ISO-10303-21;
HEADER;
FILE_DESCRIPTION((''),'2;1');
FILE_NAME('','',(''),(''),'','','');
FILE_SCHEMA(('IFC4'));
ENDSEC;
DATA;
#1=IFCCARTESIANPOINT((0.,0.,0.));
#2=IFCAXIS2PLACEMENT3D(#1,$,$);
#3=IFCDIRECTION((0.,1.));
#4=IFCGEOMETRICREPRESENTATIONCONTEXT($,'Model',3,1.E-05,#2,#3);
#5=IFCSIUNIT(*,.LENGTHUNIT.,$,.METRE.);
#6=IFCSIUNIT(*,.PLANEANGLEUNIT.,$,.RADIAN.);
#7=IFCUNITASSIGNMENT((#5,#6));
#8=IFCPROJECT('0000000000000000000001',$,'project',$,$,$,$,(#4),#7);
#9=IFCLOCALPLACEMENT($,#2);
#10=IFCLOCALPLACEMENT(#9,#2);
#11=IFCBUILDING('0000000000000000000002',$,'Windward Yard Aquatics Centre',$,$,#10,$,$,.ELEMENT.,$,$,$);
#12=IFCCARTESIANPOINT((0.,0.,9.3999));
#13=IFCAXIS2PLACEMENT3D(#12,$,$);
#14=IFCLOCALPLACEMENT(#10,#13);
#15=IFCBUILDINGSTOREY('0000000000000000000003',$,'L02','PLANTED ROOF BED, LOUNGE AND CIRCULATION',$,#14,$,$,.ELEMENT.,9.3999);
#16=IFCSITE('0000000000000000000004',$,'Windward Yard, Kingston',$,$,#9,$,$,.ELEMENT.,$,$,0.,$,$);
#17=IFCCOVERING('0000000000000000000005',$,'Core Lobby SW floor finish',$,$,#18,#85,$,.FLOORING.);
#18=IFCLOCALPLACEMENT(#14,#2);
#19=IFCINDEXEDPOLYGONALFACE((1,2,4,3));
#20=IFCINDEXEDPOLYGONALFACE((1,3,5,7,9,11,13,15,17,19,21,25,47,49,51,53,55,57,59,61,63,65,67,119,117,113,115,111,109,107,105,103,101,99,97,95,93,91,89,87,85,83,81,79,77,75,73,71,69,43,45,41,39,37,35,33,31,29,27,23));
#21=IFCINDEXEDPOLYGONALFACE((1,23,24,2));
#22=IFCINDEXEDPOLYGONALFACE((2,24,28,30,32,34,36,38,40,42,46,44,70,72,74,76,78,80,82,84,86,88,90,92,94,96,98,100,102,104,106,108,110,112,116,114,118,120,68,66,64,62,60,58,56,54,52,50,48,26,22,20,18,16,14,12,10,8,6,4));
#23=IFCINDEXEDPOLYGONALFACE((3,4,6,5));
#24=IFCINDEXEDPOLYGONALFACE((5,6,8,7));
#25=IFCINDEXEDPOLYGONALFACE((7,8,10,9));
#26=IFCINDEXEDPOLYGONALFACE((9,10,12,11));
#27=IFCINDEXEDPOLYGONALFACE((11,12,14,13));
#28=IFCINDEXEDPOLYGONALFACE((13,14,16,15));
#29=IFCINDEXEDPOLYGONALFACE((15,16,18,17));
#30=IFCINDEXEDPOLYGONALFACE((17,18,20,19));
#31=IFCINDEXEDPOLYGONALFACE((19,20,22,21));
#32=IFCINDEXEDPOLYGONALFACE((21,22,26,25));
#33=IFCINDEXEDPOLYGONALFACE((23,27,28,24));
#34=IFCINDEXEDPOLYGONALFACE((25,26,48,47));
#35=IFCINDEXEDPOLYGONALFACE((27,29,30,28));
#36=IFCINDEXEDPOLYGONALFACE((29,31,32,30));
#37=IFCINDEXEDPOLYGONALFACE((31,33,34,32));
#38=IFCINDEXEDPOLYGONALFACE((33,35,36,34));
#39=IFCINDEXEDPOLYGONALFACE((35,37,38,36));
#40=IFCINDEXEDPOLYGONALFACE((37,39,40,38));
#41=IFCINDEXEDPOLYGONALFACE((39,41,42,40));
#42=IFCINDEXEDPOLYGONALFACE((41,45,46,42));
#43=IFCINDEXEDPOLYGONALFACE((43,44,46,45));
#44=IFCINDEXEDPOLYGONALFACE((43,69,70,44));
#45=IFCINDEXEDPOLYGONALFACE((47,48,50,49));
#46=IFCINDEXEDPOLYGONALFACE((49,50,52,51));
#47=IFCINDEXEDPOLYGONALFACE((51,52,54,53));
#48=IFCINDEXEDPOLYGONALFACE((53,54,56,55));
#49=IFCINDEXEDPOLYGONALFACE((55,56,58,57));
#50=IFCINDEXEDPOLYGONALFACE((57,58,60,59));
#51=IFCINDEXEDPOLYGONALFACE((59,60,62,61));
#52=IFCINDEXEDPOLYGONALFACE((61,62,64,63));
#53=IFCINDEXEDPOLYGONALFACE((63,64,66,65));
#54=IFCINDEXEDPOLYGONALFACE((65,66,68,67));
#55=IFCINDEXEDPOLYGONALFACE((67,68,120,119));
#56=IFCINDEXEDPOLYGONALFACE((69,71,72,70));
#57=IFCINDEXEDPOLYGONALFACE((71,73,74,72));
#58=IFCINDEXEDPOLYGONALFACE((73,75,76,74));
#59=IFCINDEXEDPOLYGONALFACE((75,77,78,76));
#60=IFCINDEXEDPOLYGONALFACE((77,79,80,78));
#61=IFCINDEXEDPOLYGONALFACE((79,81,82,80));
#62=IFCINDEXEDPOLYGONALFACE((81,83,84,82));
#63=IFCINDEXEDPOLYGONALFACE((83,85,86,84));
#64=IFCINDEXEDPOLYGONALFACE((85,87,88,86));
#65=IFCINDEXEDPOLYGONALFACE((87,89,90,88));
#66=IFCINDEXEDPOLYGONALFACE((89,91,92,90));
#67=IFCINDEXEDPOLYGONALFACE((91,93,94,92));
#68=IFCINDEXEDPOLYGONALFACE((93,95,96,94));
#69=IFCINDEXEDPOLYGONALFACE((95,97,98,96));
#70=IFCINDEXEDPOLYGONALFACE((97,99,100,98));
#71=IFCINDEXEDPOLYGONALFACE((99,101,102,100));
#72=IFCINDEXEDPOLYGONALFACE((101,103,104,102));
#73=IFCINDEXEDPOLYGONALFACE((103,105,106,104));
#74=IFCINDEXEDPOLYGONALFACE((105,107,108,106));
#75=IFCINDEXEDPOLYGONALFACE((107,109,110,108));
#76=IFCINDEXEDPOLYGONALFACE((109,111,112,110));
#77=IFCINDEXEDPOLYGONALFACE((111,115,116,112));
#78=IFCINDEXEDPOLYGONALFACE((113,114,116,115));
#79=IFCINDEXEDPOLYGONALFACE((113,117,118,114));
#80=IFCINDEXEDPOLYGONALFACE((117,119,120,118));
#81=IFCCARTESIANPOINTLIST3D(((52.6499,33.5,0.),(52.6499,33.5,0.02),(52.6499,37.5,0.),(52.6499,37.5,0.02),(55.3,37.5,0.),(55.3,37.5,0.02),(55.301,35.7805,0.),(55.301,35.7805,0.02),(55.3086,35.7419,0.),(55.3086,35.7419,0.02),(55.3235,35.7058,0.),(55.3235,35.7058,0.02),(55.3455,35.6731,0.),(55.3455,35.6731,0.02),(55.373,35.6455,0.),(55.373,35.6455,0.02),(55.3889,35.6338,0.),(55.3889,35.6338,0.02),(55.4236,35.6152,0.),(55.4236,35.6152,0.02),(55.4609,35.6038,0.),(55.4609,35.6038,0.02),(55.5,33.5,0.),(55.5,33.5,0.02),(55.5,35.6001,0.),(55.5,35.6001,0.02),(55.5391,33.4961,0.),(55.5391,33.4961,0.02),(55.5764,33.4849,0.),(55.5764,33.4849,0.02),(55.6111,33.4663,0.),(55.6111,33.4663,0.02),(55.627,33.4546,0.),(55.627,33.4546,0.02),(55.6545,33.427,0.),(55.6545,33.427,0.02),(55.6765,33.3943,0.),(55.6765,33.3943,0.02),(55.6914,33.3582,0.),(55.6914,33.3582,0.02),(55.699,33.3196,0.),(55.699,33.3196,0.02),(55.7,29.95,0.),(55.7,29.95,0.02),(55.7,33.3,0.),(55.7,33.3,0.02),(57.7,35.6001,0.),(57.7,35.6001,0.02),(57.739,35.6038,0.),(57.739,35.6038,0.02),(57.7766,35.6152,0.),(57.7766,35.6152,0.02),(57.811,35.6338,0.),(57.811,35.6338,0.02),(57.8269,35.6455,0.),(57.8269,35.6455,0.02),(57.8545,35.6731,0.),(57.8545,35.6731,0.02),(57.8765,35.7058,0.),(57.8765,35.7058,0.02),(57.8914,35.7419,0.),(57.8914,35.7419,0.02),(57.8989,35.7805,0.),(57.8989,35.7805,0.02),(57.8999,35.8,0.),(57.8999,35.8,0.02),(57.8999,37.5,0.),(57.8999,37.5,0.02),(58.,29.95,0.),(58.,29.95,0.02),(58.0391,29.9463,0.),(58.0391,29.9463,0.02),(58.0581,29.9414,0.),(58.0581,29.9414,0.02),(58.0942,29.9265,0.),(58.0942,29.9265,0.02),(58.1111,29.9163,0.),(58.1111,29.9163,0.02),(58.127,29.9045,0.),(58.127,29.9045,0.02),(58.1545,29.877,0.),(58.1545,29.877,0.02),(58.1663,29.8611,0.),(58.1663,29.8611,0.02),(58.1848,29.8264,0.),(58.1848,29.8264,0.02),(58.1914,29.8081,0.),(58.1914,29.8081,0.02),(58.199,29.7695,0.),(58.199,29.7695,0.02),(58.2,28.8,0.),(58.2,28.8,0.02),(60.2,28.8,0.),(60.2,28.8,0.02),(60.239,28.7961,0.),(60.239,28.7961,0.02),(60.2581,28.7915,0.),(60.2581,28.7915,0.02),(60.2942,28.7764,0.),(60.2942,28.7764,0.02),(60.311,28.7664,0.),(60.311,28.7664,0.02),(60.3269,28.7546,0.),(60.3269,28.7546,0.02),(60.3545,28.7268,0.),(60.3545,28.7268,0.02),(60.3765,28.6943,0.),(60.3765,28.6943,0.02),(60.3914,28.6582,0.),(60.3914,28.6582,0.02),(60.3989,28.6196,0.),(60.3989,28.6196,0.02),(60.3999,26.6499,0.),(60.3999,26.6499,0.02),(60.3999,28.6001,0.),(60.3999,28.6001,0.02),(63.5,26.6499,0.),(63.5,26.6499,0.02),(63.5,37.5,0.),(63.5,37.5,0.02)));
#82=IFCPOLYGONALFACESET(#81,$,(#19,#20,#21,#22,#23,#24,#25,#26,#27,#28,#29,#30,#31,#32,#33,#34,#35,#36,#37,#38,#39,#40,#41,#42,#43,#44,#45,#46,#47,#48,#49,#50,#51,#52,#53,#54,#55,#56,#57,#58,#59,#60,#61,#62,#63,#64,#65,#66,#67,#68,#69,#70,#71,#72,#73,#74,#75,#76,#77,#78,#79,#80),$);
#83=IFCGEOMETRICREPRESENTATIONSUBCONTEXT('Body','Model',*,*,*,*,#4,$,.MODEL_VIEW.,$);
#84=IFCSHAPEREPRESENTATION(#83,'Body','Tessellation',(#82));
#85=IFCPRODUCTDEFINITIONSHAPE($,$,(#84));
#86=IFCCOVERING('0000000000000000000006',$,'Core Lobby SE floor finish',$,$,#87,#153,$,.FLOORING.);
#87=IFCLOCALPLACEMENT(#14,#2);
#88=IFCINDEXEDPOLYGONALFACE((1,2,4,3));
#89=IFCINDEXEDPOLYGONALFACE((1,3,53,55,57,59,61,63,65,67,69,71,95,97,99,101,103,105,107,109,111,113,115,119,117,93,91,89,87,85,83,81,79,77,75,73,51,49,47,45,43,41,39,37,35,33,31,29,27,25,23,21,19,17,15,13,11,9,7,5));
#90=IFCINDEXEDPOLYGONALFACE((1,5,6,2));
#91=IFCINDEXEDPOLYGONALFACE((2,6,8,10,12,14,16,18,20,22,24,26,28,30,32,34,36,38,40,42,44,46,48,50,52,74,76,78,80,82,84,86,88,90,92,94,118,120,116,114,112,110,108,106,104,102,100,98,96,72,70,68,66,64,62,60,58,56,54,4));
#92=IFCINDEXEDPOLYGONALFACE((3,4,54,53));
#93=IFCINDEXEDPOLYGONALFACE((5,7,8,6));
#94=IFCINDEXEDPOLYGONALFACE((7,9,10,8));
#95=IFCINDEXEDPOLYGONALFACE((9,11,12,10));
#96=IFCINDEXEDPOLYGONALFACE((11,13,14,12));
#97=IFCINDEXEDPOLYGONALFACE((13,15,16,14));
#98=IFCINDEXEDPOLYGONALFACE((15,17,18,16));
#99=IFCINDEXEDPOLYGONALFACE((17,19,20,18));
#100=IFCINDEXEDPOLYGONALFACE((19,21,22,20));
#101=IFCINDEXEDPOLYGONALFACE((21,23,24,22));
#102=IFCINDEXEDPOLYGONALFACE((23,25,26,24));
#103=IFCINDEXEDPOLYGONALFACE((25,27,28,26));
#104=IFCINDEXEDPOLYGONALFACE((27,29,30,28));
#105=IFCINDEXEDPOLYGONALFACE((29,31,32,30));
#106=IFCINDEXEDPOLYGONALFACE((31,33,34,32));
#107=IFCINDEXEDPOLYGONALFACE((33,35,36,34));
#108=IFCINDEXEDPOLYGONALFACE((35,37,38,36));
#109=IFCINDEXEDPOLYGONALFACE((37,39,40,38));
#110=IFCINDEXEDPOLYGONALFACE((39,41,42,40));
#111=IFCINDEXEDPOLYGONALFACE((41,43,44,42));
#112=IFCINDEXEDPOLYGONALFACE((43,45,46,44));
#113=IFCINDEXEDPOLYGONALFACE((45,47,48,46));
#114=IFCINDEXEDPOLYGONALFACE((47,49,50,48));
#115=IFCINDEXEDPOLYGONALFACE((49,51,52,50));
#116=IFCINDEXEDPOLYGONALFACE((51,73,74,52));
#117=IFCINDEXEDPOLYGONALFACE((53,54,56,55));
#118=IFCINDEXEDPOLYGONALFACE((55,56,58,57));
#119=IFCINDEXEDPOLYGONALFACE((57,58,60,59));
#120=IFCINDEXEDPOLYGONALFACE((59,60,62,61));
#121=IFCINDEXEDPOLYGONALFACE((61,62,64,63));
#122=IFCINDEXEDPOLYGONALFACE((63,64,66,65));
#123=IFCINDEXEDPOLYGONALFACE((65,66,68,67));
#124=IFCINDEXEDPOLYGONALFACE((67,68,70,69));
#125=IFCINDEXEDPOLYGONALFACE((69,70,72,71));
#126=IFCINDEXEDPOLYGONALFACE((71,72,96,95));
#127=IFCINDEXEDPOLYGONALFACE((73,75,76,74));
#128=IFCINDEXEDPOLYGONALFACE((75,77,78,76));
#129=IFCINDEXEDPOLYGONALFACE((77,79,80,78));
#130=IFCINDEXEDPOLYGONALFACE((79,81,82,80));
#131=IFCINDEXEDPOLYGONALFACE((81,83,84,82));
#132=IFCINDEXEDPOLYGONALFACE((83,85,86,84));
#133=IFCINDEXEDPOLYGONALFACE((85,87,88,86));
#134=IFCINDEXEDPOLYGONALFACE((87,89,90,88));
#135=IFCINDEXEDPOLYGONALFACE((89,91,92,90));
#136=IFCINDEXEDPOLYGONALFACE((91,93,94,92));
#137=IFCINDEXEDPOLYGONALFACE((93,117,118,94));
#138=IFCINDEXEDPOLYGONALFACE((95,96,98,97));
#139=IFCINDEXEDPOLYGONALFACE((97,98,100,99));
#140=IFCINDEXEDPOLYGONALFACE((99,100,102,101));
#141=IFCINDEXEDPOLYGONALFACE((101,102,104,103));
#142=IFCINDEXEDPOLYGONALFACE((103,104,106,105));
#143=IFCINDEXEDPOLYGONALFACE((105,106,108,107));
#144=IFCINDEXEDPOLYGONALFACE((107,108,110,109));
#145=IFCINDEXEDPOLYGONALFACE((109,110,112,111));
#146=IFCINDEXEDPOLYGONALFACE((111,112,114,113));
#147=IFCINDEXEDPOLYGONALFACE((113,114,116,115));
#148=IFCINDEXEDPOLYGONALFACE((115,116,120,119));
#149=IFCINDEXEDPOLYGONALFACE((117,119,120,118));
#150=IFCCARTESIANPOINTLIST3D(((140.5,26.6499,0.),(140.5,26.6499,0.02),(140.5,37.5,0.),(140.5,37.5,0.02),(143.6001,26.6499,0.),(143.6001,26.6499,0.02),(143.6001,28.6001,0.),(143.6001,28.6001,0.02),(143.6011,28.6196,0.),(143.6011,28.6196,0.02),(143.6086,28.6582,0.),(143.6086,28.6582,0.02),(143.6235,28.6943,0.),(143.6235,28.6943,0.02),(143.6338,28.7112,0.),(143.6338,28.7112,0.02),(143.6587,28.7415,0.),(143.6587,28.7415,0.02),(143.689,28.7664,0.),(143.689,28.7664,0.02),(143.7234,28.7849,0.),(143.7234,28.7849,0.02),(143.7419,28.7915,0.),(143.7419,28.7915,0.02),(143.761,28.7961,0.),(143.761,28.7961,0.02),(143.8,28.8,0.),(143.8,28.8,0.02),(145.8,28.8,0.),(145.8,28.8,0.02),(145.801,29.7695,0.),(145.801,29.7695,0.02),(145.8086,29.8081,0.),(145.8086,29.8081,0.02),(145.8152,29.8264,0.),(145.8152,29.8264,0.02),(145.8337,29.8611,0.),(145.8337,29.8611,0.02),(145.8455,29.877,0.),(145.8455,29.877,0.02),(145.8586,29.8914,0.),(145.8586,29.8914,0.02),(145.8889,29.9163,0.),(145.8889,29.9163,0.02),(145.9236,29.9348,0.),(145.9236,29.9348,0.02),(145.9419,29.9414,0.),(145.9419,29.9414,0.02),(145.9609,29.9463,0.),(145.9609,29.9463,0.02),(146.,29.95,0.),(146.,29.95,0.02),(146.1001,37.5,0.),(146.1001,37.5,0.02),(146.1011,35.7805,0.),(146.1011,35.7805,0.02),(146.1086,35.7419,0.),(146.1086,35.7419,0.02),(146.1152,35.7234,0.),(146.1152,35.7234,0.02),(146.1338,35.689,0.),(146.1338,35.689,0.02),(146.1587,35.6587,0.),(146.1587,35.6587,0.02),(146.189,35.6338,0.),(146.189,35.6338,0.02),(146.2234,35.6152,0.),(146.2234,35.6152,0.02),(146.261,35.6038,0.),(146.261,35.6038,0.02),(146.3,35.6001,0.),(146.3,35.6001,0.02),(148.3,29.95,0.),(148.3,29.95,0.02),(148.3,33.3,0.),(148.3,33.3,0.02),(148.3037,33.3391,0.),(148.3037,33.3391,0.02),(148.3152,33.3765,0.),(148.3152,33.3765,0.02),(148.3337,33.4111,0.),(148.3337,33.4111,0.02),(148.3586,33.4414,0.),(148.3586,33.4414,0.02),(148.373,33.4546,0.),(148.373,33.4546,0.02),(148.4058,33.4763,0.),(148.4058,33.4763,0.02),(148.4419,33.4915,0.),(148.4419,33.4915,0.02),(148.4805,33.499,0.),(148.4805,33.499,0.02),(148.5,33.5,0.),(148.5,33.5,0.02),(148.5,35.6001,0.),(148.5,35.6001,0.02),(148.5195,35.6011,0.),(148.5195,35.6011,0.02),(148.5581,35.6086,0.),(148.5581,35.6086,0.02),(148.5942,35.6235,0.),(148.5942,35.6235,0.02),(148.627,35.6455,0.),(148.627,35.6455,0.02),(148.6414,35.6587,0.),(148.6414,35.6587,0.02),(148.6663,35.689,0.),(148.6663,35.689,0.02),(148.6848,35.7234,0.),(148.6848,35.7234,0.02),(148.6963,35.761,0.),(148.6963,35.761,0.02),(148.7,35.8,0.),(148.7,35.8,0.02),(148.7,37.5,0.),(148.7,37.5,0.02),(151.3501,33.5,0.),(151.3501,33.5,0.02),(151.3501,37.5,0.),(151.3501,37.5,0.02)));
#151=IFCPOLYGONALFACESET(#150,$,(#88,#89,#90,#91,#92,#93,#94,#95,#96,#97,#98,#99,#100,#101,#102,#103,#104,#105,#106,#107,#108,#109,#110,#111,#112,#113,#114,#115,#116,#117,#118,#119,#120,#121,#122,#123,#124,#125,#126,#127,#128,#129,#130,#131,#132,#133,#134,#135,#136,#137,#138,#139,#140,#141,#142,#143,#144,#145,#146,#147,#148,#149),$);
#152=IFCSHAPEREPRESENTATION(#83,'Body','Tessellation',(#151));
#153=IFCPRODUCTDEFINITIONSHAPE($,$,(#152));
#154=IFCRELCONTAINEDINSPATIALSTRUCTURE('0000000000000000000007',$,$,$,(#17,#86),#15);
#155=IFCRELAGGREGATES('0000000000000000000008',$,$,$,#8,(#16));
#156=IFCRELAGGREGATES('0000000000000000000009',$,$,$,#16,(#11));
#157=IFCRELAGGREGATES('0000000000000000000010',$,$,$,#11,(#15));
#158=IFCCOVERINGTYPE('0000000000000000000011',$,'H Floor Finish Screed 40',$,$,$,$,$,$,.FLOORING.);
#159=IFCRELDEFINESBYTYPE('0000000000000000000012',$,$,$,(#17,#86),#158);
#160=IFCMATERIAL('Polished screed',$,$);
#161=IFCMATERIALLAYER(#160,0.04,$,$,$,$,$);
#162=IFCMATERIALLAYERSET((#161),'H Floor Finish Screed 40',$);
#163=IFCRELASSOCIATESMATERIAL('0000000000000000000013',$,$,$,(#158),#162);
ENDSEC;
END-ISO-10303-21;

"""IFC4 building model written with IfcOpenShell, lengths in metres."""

from ifc_helpers import new_model, si_unit, direction, frame, origin, place, context, subcontext, project, spatial, polyline, outline, extrude, material, layer, layer_set, type_object, element, save


model = new_model("IFC4")

# Units and contexts
model_context = context("Model", 3, precision=1e-05, world=origin(), true_north=direction((0.0, 1.0)))
body_context = subcontext(model_context, "Body", "Model", "MODEL_VIEW")
ifc_project = project(units=[si_unit("LENGTHUNIT", "METRE"), si_unit("PLANEANGLEUNIT", "RADIAN")], contexts=[model_context])

# Site, building, storey
site_placement = place(None, origin())
site = spatial("IfcSite", under=ifc_project, at=site_placement, Name="Windward Yard, Kingston", CompositionType="ELEMENT", RefElevation=0.0)
building_placement = place(site_placement, origin())
building = spatial("IfcBuilding", under=site, at=building_placement, Name="Windward Yard Aquatics Centre", CompositionType="ELEMENT")
storey_placement = place(building_placement, frame((0.0, 0.0, 9.3999)))
storey = spatial("IfcBuildingStorey", under=building, at=storey_placement, Name="L02", Description="PLANTED ROOF BED, LOUNGE AND CIRCULATION", CompositionType="ELEMENT", Elevation=9.3999)

# Coverings
ifc_material_1 = material(Name="Polished screed")
ifc_layer_1 = layer(ifc_material_1, 0.04)
ifc_layer_set_1 = layer_set([ifc_layer_1], Name="H Floor Finish Screed 40")
covering_type_1 = type_object("IfcCoveringType", Name="H Floor Finish Screed 40", PredefinedType="FLOORING", material=ifc_layer_set_1)
covering_1_placement = place(storey_placement, origin())
element("IfcCovering", 1, at=covering_1_placement, inside=storey, type_object=covering_type_1, Name="Core Lobby SW floor finish", PredefinedType="FLOORING", context=body_context, shape_type="SweptSolid", body=[
    extrude(outline(polyline([(52.6499, 33.5), (52.6499, 37.5), (55.3, 37.5), (55.301, 35.7805), (55.3086, 35.7419), (55.3235, 35.7058), (55.3455, 35.6731), (55.373, 35.6455), (55.3889, 35.6338), (55.4236, 35.6152), (55.4609, 35.6038), (55.5, 35.6001), (57.7, 35.6001), (57.739, 35.6038), (57.7766, 35.6152), (57.811, 35.6338), (57.8269, 35.6455), (57.8545, 35.6731), (57.8765, 35.7058), (57.8914, 35.7419), (57.8989, 35.7805), (57.8999, 35.8), (57.8999, 37.5), (63.5, 37.5), (63.5, 26.6499), (60.3999, 26.6499), (60.3999, 28.6001), (60.3989, 28.6196), (60.3914, 28.6582), (60.3765, 28.6943), (60.3545, 28.7268), (60.3269, 28.7546), (60.311, 28.7664), (60.2942, 28.7764), (60.2581, 28.7915), (60.239, 28.7961), (60.2, 28.8), (58.2, 28.8), (58.199, 29.7695), (58.1914, 29.8081), (58.1848, 29.8264), (58.1663, 29.8611), (58.1545, 29.877), (58.127, 29.9045), (58.1111, 29.9163), (58.0942, 29.9265), (58.0581, 29.9414), (58.0391, 29.9463), (58.0, 29.95), (55.7, 29.95), (55.7, 33.3), (55.699, 33.3196), (55.6914, 33.3582), (55.6765, 33.3943), (55.6545, 33.427), (55.627, 33.4546), (55.6111, 33.4663), (55.5764, 33.4849), (55.5391, 33.4961), (55.5, 33.5), (52.6499, 33.5)])), origin(), (0.0, 0.0, 1.0), 0.02),
])
covering_2_placement = place(storey_placement, origin())
element("IfcCovering", 2, at=covering_2_placement, inside=storey, type_object=covering_type_1, Name="Core Lobby SE floor finish", PredefinedType="FLOORING", context=body_context, shape_type="SweptSolid", body=[
    extrude(outline(polyline([(140.5, 26.6499), (140.5, 37.5), (146.1001, 37.5), (146.1011, 35.7805), (146.1086, 35.7419), (146.1152, 35.7234), (146.1338, 35.689), (146.1587, 35.6587), (146.189, 35.6338), (146.2234, 35.6152), (146.261, 35.6038), (146.3, 35.6001), (148.5, 35.6001), (148.5195, 35.6011), (148.5581, 35.6086), (148.5942, 35.6235), (148.627, 35.6455), (148.6414, 35.6587), (148.6663, 35.689), (148.6848, 35.7234), (148.6963, 35.761), (148.7, 35.8), (148.7, 37.5), (151.3501, 37.5), (151.3501, 33.5), (148.5, 33.5), (148.4805, 33.499), (148.4419, 33.4915), (148.4058, 33.4763), (148.373, 33.4546), (148.3586, 33.4414), (148.3337, 33.4111), (148.3152, 33.3765), (148.3037, 33.3391), (148.3, 33.3), (148.3, 29.95), (146.0, 29.95), (145.9609, 29.9463), (145.9419, 29.9414), (145.9236, 29.9348), (145.8889, 29.9163), (145.8586, 29.8914), (145.8455, 29.877), (145.8337, 29.8611), (145.8152, 29.8264), (145.8086, 29.8081), (145.801, 29.7695), (145.8, 28.8), (143.8, 28.8), (143.761, 28.7961), (143.7419, 28.7915), (143.7234, 28.7849), (143.689, 28.7664), (143.6587, 28.7415), (143.6338, 28.7112), (143.6235, 28.6943), (143.6086, 28.6582), (143.6011, 28.6196), (143.6001, 28.6001), (143.6001, 26.6499), (140.5, 26.6499)])), origin(), (0.0, 0.0, 1.0), 0.02),
])

save(model, "model.ifc")
